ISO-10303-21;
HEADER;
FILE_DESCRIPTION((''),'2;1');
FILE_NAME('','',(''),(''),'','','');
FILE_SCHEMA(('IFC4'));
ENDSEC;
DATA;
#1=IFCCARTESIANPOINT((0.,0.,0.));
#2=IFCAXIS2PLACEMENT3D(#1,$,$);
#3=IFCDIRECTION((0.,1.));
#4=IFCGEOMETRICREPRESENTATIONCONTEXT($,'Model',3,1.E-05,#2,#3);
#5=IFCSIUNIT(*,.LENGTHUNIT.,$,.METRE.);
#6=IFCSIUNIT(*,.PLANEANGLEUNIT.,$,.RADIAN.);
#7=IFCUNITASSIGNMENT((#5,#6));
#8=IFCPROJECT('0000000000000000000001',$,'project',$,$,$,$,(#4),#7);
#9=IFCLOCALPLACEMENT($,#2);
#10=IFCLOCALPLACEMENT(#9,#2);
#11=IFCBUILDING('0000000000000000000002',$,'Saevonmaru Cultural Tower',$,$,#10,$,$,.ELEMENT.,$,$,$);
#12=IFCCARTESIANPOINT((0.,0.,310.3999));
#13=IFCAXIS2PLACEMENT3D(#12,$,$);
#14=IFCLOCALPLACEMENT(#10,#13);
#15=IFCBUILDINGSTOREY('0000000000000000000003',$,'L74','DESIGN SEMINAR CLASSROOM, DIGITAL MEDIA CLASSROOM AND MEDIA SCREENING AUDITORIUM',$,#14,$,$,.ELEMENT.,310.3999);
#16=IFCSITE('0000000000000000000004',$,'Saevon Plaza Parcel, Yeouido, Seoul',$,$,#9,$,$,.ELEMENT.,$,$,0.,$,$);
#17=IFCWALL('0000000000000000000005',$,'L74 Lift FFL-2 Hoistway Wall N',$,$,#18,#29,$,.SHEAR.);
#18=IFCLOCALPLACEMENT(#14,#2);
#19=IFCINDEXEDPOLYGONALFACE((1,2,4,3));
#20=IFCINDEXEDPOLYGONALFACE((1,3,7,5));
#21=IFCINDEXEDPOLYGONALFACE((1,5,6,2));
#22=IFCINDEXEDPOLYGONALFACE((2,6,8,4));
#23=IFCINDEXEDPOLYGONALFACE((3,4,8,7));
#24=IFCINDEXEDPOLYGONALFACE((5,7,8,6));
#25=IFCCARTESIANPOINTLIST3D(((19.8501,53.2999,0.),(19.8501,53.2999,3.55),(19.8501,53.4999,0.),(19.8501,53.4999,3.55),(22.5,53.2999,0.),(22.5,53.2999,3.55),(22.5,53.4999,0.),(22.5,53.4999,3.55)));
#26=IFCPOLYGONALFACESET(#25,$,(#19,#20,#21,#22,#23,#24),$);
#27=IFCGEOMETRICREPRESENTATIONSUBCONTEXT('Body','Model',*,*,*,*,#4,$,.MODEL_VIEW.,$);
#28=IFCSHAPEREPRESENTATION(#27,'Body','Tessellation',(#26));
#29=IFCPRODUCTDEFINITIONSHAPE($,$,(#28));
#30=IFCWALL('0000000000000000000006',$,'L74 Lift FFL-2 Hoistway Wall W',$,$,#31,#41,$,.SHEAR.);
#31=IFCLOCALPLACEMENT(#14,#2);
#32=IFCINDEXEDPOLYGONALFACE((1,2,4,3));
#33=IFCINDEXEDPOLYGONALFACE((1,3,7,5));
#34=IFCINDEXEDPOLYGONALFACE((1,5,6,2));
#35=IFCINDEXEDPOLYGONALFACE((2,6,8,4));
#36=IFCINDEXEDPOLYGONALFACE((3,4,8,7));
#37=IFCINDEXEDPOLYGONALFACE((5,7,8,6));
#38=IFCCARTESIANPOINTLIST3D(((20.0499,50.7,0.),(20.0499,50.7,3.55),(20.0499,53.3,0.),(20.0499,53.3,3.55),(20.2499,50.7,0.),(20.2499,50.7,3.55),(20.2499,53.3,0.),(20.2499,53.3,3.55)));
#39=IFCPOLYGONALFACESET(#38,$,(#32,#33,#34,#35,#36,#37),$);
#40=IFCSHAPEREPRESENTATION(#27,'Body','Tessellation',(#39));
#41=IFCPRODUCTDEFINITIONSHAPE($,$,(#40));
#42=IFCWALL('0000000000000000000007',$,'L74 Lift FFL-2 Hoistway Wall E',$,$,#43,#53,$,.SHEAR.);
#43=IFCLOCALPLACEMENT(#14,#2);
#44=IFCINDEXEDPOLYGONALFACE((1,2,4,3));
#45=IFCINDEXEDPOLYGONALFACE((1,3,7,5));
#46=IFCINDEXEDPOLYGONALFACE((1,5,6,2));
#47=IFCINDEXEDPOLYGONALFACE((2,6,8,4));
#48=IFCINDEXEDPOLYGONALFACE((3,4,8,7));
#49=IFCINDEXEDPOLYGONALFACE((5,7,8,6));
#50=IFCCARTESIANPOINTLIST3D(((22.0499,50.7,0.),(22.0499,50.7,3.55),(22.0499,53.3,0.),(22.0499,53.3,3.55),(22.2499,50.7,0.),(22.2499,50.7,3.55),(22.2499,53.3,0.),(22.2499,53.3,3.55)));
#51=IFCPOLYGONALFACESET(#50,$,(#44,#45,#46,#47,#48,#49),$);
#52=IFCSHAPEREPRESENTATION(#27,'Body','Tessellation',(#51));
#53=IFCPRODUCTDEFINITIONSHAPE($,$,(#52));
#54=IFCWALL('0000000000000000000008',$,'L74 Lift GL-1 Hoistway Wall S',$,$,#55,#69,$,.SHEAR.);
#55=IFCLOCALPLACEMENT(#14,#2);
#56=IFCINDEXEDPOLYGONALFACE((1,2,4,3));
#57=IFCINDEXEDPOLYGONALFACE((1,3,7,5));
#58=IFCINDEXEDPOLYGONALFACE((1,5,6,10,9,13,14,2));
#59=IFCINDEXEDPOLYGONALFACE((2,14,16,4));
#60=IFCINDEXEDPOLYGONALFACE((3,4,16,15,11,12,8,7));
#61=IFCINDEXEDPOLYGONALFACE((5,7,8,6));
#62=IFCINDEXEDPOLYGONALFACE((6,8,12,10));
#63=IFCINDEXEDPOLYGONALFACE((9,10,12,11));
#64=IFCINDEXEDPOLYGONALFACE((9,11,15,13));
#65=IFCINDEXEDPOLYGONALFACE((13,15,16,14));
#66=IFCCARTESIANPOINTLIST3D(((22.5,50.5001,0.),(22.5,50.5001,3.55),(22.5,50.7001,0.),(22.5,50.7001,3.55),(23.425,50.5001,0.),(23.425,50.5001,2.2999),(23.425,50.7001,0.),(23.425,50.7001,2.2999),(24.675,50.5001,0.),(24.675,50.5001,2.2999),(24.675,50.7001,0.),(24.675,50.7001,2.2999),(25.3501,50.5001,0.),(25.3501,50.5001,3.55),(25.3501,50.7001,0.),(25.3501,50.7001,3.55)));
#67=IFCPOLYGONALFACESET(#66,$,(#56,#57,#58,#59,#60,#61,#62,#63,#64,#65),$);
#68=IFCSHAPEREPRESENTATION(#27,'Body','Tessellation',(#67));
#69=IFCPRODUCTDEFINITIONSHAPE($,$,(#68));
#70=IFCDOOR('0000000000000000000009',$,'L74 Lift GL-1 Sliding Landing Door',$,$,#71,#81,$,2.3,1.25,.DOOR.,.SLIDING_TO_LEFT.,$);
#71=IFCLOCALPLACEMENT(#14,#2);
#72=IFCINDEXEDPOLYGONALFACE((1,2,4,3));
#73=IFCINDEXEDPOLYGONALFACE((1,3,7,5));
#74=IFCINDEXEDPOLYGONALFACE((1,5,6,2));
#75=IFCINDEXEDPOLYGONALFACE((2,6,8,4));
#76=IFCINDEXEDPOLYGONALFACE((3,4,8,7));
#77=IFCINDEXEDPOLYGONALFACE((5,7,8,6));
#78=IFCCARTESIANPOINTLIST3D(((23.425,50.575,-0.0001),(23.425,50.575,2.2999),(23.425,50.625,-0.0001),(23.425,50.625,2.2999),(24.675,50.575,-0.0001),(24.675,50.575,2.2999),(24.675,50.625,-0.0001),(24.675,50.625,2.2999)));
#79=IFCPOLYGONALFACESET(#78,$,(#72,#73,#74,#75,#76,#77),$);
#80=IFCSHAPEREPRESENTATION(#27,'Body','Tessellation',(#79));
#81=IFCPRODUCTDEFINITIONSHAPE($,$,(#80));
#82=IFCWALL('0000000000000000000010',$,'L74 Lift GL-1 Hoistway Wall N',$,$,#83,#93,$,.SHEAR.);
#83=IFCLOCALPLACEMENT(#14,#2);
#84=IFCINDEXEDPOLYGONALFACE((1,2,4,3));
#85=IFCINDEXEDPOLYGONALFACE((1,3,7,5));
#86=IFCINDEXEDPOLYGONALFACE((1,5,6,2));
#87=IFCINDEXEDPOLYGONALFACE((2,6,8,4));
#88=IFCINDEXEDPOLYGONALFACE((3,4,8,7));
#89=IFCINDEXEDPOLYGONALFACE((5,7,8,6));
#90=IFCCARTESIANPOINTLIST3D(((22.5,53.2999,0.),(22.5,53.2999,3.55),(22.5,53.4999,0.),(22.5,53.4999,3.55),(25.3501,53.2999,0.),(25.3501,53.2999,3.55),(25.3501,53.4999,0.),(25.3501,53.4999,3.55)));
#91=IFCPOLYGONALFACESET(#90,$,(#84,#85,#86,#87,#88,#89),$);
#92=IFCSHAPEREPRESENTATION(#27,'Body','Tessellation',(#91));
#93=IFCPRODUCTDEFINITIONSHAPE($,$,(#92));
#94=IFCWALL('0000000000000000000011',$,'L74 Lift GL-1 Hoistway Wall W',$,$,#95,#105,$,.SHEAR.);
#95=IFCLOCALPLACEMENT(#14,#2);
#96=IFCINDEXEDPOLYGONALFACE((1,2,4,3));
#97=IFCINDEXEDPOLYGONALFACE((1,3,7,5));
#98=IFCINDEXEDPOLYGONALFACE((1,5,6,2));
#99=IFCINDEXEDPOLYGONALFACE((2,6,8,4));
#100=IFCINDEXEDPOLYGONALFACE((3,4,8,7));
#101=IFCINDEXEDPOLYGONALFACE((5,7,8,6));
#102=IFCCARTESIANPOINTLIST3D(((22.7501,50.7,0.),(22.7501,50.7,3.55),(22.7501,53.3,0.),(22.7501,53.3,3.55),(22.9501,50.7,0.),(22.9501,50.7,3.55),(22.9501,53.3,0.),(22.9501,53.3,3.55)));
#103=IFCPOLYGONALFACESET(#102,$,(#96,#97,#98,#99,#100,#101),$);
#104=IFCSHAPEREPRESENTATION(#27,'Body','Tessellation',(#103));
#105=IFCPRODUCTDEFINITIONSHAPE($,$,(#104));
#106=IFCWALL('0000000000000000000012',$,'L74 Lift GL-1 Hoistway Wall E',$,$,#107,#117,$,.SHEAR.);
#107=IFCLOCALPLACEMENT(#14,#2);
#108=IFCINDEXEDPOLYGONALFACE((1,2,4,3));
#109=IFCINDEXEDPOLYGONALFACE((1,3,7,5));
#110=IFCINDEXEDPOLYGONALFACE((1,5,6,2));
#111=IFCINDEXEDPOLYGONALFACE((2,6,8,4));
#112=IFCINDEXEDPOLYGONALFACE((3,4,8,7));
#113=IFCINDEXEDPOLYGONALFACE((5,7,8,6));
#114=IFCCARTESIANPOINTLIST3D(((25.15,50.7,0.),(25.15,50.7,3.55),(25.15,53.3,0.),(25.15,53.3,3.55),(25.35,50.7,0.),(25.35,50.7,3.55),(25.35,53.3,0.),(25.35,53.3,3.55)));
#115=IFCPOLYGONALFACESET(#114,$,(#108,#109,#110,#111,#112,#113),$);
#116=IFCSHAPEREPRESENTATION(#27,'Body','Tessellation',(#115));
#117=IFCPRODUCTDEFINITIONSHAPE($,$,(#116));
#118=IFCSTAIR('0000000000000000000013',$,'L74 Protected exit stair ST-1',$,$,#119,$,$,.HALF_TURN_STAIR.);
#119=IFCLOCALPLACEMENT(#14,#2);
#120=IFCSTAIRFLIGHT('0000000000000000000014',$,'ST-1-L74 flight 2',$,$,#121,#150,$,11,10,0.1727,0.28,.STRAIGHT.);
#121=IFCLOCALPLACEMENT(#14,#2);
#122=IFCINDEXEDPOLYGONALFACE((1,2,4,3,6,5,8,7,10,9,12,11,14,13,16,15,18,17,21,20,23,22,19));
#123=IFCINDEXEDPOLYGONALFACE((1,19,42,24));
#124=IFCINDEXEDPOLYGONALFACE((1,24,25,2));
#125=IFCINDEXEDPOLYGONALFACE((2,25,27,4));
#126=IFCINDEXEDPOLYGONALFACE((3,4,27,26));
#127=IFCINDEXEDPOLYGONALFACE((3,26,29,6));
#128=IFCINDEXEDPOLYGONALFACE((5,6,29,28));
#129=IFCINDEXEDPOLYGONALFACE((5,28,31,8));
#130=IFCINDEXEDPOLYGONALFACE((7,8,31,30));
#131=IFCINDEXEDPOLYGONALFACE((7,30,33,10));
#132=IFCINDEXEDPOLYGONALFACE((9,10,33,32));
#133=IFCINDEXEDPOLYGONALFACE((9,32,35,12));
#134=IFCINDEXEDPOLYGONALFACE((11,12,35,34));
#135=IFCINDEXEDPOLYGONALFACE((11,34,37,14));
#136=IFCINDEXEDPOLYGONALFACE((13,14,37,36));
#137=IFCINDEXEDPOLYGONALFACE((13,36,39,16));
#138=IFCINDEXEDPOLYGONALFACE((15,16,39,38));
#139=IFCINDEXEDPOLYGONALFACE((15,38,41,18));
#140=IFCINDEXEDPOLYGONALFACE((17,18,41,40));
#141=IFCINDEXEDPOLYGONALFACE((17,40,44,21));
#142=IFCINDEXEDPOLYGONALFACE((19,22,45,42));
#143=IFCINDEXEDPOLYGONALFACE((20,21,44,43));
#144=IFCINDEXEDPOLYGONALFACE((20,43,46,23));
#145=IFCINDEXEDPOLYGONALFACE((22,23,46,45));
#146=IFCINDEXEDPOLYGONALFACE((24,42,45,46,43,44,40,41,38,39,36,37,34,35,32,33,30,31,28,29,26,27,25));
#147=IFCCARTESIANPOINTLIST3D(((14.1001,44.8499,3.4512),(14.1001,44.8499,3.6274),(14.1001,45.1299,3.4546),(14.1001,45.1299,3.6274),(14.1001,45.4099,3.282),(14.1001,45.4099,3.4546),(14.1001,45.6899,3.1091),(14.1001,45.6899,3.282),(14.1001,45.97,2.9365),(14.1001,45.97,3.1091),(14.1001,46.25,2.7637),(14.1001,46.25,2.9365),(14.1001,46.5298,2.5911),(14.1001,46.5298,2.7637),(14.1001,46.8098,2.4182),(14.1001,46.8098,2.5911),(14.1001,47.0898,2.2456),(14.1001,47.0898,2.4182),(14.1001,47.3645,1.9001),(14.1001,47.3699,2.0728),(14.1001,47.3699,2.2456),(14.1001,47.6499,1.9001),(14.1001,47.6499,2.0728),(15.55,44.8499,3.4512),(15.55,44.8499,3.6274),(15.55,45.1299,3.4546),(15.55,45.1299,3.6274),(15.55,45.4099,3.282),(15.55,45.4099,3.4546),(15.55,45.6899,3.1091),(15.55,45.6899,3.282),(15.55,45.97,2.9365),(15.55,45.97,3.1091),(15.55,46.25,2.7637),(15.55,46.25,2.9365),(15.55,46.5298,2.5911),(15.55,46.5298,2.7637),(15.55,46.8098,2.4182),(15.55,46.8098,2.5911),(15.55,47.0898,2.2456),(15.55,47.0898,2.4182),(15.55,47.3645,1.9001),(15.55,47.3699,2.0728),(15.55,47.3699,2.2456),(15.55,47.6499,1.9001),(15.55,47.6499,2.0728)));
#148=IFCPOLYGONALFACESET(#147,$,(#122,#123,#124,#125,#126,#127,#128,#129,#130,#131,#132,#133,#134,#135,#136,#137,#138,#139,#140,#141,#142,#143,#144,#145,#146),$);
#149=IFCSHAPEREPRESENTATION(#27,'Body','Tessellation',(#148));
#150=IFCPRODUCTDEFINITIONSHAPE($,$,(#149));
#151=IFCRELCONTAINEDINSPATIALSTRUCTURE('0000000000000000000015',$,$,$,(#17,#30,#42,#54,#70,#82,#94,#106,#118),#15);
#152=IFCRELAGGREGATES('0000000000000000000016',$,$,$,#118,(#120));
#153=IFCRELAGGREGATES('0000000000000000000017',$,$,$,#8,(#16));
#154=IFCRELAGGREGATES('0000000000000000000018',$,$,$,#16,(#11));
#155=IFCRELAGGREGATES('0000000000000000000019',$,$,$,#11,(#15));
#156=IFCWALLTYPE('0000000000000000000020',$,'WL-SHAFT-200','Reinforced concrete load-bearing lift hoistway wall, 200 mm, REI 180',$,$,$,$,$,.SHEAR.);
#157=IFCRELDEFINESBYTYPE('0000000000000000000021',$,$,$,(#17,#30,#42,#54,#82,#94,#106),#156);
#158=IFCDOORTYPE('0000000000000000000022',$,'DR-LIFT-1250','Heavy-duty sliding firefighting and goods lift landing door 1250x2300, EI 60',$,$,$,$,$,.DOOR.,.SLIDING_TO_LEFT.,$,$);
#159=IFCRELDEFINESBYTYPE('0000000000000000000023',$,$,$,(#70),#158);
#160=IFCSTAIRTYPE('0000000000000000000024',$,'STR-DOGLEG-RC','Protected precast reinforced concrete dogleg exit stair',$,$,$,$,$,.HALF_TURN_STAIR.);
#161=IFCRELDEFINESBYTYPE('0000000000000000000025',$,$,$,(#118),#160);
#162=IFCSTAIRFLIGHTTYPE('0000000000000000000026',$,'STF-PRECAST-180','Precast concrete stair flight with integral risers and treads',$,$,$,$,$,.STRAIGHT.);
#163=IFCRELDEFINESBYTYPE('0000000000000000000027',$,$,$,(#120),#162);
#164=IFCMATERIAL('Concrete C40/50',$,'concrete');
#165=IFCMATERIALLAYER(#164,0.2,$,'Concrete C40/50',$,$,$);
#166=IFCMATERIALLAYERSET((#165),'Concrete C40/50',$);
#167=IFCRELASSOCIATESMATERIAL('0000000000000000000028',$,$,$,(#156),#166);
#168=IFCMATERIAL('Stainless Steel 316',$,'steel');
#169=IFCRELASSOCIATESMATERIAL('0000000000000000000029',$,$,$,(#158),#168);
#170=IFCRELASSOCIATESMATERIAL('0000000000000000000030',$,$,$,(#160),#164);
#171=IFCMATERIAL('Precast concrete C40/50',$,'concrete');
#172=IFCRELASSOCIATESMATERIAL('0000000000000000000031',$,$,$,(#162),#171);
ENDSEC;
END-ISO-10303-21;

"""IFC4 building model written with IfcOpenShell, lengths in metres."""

from ifc_helpers import new_model, si_unit, direction, frame, frame_2d, origin, place, context, subcontext, project, spatial, polyline, rectangle, outline, extrude, material, layer, layer_set, type_object, element, fill, aggregate, save


model = new_model("IFC4")

# Units and contexts
model_context = context("Model", 3, precision=1e-05, world=origin(), true_north=direction((0.0, 1.0)))
body_context = subcontext(model_context, "Body", "Model", "MODEL_VIEW")
ifc_project = project(units=[si_unit("LENGTHUNIT", "METRE"), si_unit("PLANEANGLEUNIT", "RADIAN")], contexts=[model_context])

# Site, building, storey
site_placement = place(None, origin())
site = spatial("IfcSite", under=ifc_project, at=site_placement, Name="Saevon Plaza Parcel, Yeouido, Seoul", CompositionType="ELEMENT", RefElevation=0.0)
building_placement = place(site_placement, origin())
building = spatial("IfcBuilding", under=site, at=building_placement, Name="Saevonmaru Cultural Tower", CompositionType="ELEMENT")
storey_placement = place(building_placement, frame((0.0, 0.0, 310.3999)))
storey = spatial("IfcBuildingStorey", under=building, at=storey_placement, Name="L74", Description="DESIGN SEMINAR CLASSROOM, DIGITAL MEDIA CLASSROOM AND MEDIA SCREENING AUDITORIUM", CompositionType="ELEMENT", Elevation=310.3999)

# Shared definitions
ifc_material_1 = material(Name="Concrete C40/50", Category="concrete")
ifc_layer_1 = layer(ifc_material_1, 0.2, Name="Concrete C40/50")
ifc_layer_set_1 = layer_set([ifc_layer_1], Name="Concrete C40/50")
wall_type_1 = type_object("IfcWallType", Name="WL-SHAFT-200", Description="Reinforced concrete load-bearing lift hoistway wall, 200 mm, REI 180", PredefinedType="SHEAR", material=ifc_layer_set_1)
ifc_material_2 = material(Name="Stainless Steel 316", Category="steel")
door_type_1 = type_object("IfcDoorType", Name="DR-LIFT-1250", Description="Heavy-duty sliding firefighting and goods lift landing door 1250x2300, EI 60", OperationType="SLIDING_TO_LEFT", PredefinedType="DOOR", material=ifc_material_2)

# Walls
wall_1_placement = place(storey_placement, frame((19.8501, 53.3999, 0.0), z_axis=(0.0, 0.0, 1.0), x_axis=(1.0, 0.0, 0.0)))
element("IfcWall", 1, at=wall_1_placement, inside=storey, type_object=wall_type_1, Name="L74 Lift FFL-2 Hoistway Wall N", PredefinedType="SHEAR", context=body_context, shape_type="SweptSolid", body=[
    extrude(rectangle(XDim=2.6499, YDim=0.2, at=frame_2d((1.325, 0.0))), origin(), (0.0, 0.0, 1.0), 3.55),
])
for number, where, z_axis, x_axis, name in (
    (2, (20.1499, 50.7, 0.0), (0.0, 0.0, 1.0), (0.0, 1.0, 0.0), "L74 Lift FFL-2 Hoistway Wall W"),
    (3, (22.1499, 50.7, 0.0), (0.0, 0.0, 1.0), (0.0, 1.0, 0.0), "L74 Lift FFL-2 Hoistway Wall E"),
):
    element("IfcWall", number, at=place(storey_placement, frame(where, z_axis=z_axis, x_axis=x_axis)), inside=storey, type_object=wall_type_1, Name=name, PredefinedType="SHEAR", context=body_context, shape_type="SweptSolid", body=[
        extrude(rectangle(XDim=2.6001, YDim=0.2, at=frame_2d((1.3, 0.0))), origin(), (0.0, 0.0, 1.0), 3.55),
    ])

# Wall, opening, door
wall_2_placement = place(storey_placement, frame((22.5, 50.6001, 0.0), z_axis=(0.0, 0.0, 1.0), x_axis=(1.0, 0.0, 0.0)))
wall_2 = element("IfcWall", 4, at=wall_2_placement, inside=storey, type_object=wall_type_1, Name="L74 Lift GL-1 Hoistway Wall S", PredefinedType="SHEAR", context=body_context, shape_type="SweptSolid", body=[
    extrude(rectangle(XDim=2.8501, YDim=0.2, at=frame_2d((1.425, 0.0))), origin(), (0.0, 0.0, 1.0), 3.55),
])
opening_1_placement = place(wall_2_placement, frame((0.925, 0.0, 0.0)))
opening_1 = element("IfcOpeningElement", 5, at=opening_1_placement, cuts=wall_2, PredefinedType="OPENING", context=body_context, shape_type="SweptSolid", body=[
    extrude(rectangle(XDim=1.25, YDim=2.3, at=frame_2d((0.625, 1.1499))), frame((0.0, 0.1099, 0.0), z_axis=(0.0, -1.0, 0.0), x_axis=(1.0, 0.0, 0.0)), (0.0, 0.0, 1.0), 0.22),
])
door_1_placement = place(opening_1_placement, origin())
door_1 = element("IfcDoor", 6, at=door_1_placement, inside=storey, type_object=door_type_1, Name="L74 Lift GL-1 Sliding Landing Door", OperationType="SLIDING_TO_LEFT", OverallHeight=2.3, OverallWidth=1.25, PredefinedType="DOOR", context=body_context, shape_type="SweptSolid", body=[
    extrude(rectangle(XDim=1.25, YDim=2.3, at=frame_2d((0.625, 1.1499))), frame((0.0, 0.0249, 0.0), z_axis=(0.0, -1.0, 0.0), x_axis=(1.0, 0.0, 0.0)), (0.0, 0.0, 1.0), 0.05),
])
fill(opening_1, door_1)

# Walls
wall_3_placement = place(storey_placement, frame((22.5, 53.3999, 0.0), z_axis=(0.0, 0.0, 1.0), x_axis=(1.0, 0.0, 0.0)))
element("IfcWall", 7, at=wall_3_placement, inside=storey, type_object=wall_type_1, Name="L74 Lift GL-1 Hoistway Wall N", PredefinedType="SHEAR", context=body_context, shape_type="SweptSolid", body=[
    extrude(rectangle(XDim=2.8501, YDim=0.2, at=frame_2d((1.425, 0.0))), origin(), (0.0, 0.0, 1.0), 3.55),
])
for number, where, z_axis, x_axis, name in (
    (8, (22.8501, 50.7, 0.0), (0.0, 0.0, 1.0), (0.0, 1.0, 0.0), "L74 Lift GL-1 Hoistway Wall W"),
    (9, (25.25, 50.7, 0.0), (0.0, 0.0, 1.0), (0.0, 1.0, 0.0), "L74 Lift GL-1 Hoistway Wall E"),
):
    element("IfcWall", number, at=place(storey_placement, frame(where, z_axis=z_axis, x_axis=x_axis)), inside=storey, type_object=wall_type_1, Name=name, PredefinedType="SHEAR", context=body_context, shape_type="SweptSolid", body=[
        extrude(rectangle(XDim=2.6001, YDim=0.2, at=frame_2d((1.3, 0.0))), origin(), (0.0, 0.0, 1.0), 3.55),
    ])

# Stair, stair flight
stair_type = type_object("IfcStairType", Name="STR-DOGLEG-RC", Description="Protected precast reinforced concrete dogleg exit stair", PredefinedType="HALF_TURN_STAIR", material=ifc_material_1)
stair_placement = place(storey_placement, origin())
stair = element("IfcStair", 10, at=stair_placement, inside=storey, type_object=stair_type, Name="L74 Protected exit stair ST-1", PredefinedType="HALF_TURN_STAIR")
ifc_material_3 = material(Name="Precast concrete C40/50", Category="concrete")
stair_flight_type = type_object("IfcStairFlightType", Name="STF-PRECAST-180", Description="Precast concrete stair flight with integral risers and treads", PredefinedType="STRAIGHT", material=ifc_material_3)
stair_flight_placement = place(storey_placement, frame((14.825, 47.6499, 1.9001), z_axis=(0.0, 0.0, 1.0), x_axis=(0.0, -1.0, 0.0)))
stair_flight = element("IfcStairFlight", 11, at=stair_flight_placement, type_object=stair_flight_type, Name="ST-1-L74 flight 2", NumberOfRisers=11, NumberOfTreads=10, PredefinedType="STRAIGHT", RiserHeight=0.1727, TreadLength=0.28, context=body_context, shape_type="SweptSolid", body=[
    extrude(outline(polyline([(0.0, 0.0), (0.0, 0.1726), (0.28, 0.1726), (0.28, 0.3455), (0.5601, 0.3455), (0.5601, 0.5181), (0.8401, 0.5181), (0.8401, 0.6909), (1.1201, 0.6909), (1.1201, 0.8635), (1.3999, 0.8635), (1.3999, 1.0364), (1.6799, 1.0364), (1.6799, 1.209), (1.96, 1.209), (1.96, 1.3818), (2.24, 1.3818), (2.24, 1.5544), (2.52, 1.5544), (2.52, 1.7273), (2.8, 1.7273), (2.8, 1.8999), (2.8, 1.551), (0.2854, 0.0), (0.0, 0.0)])), frame((0.0, 0.7251, 0.0), z_axis=(0.0, -1.0, 0.0), x_axis=(1.0, 0.0, 0.0)), (0.0, 0.0, 1.0), 1.45),
])
aggregate(stair, [stair_flight])

save(model, "model.ifc")
